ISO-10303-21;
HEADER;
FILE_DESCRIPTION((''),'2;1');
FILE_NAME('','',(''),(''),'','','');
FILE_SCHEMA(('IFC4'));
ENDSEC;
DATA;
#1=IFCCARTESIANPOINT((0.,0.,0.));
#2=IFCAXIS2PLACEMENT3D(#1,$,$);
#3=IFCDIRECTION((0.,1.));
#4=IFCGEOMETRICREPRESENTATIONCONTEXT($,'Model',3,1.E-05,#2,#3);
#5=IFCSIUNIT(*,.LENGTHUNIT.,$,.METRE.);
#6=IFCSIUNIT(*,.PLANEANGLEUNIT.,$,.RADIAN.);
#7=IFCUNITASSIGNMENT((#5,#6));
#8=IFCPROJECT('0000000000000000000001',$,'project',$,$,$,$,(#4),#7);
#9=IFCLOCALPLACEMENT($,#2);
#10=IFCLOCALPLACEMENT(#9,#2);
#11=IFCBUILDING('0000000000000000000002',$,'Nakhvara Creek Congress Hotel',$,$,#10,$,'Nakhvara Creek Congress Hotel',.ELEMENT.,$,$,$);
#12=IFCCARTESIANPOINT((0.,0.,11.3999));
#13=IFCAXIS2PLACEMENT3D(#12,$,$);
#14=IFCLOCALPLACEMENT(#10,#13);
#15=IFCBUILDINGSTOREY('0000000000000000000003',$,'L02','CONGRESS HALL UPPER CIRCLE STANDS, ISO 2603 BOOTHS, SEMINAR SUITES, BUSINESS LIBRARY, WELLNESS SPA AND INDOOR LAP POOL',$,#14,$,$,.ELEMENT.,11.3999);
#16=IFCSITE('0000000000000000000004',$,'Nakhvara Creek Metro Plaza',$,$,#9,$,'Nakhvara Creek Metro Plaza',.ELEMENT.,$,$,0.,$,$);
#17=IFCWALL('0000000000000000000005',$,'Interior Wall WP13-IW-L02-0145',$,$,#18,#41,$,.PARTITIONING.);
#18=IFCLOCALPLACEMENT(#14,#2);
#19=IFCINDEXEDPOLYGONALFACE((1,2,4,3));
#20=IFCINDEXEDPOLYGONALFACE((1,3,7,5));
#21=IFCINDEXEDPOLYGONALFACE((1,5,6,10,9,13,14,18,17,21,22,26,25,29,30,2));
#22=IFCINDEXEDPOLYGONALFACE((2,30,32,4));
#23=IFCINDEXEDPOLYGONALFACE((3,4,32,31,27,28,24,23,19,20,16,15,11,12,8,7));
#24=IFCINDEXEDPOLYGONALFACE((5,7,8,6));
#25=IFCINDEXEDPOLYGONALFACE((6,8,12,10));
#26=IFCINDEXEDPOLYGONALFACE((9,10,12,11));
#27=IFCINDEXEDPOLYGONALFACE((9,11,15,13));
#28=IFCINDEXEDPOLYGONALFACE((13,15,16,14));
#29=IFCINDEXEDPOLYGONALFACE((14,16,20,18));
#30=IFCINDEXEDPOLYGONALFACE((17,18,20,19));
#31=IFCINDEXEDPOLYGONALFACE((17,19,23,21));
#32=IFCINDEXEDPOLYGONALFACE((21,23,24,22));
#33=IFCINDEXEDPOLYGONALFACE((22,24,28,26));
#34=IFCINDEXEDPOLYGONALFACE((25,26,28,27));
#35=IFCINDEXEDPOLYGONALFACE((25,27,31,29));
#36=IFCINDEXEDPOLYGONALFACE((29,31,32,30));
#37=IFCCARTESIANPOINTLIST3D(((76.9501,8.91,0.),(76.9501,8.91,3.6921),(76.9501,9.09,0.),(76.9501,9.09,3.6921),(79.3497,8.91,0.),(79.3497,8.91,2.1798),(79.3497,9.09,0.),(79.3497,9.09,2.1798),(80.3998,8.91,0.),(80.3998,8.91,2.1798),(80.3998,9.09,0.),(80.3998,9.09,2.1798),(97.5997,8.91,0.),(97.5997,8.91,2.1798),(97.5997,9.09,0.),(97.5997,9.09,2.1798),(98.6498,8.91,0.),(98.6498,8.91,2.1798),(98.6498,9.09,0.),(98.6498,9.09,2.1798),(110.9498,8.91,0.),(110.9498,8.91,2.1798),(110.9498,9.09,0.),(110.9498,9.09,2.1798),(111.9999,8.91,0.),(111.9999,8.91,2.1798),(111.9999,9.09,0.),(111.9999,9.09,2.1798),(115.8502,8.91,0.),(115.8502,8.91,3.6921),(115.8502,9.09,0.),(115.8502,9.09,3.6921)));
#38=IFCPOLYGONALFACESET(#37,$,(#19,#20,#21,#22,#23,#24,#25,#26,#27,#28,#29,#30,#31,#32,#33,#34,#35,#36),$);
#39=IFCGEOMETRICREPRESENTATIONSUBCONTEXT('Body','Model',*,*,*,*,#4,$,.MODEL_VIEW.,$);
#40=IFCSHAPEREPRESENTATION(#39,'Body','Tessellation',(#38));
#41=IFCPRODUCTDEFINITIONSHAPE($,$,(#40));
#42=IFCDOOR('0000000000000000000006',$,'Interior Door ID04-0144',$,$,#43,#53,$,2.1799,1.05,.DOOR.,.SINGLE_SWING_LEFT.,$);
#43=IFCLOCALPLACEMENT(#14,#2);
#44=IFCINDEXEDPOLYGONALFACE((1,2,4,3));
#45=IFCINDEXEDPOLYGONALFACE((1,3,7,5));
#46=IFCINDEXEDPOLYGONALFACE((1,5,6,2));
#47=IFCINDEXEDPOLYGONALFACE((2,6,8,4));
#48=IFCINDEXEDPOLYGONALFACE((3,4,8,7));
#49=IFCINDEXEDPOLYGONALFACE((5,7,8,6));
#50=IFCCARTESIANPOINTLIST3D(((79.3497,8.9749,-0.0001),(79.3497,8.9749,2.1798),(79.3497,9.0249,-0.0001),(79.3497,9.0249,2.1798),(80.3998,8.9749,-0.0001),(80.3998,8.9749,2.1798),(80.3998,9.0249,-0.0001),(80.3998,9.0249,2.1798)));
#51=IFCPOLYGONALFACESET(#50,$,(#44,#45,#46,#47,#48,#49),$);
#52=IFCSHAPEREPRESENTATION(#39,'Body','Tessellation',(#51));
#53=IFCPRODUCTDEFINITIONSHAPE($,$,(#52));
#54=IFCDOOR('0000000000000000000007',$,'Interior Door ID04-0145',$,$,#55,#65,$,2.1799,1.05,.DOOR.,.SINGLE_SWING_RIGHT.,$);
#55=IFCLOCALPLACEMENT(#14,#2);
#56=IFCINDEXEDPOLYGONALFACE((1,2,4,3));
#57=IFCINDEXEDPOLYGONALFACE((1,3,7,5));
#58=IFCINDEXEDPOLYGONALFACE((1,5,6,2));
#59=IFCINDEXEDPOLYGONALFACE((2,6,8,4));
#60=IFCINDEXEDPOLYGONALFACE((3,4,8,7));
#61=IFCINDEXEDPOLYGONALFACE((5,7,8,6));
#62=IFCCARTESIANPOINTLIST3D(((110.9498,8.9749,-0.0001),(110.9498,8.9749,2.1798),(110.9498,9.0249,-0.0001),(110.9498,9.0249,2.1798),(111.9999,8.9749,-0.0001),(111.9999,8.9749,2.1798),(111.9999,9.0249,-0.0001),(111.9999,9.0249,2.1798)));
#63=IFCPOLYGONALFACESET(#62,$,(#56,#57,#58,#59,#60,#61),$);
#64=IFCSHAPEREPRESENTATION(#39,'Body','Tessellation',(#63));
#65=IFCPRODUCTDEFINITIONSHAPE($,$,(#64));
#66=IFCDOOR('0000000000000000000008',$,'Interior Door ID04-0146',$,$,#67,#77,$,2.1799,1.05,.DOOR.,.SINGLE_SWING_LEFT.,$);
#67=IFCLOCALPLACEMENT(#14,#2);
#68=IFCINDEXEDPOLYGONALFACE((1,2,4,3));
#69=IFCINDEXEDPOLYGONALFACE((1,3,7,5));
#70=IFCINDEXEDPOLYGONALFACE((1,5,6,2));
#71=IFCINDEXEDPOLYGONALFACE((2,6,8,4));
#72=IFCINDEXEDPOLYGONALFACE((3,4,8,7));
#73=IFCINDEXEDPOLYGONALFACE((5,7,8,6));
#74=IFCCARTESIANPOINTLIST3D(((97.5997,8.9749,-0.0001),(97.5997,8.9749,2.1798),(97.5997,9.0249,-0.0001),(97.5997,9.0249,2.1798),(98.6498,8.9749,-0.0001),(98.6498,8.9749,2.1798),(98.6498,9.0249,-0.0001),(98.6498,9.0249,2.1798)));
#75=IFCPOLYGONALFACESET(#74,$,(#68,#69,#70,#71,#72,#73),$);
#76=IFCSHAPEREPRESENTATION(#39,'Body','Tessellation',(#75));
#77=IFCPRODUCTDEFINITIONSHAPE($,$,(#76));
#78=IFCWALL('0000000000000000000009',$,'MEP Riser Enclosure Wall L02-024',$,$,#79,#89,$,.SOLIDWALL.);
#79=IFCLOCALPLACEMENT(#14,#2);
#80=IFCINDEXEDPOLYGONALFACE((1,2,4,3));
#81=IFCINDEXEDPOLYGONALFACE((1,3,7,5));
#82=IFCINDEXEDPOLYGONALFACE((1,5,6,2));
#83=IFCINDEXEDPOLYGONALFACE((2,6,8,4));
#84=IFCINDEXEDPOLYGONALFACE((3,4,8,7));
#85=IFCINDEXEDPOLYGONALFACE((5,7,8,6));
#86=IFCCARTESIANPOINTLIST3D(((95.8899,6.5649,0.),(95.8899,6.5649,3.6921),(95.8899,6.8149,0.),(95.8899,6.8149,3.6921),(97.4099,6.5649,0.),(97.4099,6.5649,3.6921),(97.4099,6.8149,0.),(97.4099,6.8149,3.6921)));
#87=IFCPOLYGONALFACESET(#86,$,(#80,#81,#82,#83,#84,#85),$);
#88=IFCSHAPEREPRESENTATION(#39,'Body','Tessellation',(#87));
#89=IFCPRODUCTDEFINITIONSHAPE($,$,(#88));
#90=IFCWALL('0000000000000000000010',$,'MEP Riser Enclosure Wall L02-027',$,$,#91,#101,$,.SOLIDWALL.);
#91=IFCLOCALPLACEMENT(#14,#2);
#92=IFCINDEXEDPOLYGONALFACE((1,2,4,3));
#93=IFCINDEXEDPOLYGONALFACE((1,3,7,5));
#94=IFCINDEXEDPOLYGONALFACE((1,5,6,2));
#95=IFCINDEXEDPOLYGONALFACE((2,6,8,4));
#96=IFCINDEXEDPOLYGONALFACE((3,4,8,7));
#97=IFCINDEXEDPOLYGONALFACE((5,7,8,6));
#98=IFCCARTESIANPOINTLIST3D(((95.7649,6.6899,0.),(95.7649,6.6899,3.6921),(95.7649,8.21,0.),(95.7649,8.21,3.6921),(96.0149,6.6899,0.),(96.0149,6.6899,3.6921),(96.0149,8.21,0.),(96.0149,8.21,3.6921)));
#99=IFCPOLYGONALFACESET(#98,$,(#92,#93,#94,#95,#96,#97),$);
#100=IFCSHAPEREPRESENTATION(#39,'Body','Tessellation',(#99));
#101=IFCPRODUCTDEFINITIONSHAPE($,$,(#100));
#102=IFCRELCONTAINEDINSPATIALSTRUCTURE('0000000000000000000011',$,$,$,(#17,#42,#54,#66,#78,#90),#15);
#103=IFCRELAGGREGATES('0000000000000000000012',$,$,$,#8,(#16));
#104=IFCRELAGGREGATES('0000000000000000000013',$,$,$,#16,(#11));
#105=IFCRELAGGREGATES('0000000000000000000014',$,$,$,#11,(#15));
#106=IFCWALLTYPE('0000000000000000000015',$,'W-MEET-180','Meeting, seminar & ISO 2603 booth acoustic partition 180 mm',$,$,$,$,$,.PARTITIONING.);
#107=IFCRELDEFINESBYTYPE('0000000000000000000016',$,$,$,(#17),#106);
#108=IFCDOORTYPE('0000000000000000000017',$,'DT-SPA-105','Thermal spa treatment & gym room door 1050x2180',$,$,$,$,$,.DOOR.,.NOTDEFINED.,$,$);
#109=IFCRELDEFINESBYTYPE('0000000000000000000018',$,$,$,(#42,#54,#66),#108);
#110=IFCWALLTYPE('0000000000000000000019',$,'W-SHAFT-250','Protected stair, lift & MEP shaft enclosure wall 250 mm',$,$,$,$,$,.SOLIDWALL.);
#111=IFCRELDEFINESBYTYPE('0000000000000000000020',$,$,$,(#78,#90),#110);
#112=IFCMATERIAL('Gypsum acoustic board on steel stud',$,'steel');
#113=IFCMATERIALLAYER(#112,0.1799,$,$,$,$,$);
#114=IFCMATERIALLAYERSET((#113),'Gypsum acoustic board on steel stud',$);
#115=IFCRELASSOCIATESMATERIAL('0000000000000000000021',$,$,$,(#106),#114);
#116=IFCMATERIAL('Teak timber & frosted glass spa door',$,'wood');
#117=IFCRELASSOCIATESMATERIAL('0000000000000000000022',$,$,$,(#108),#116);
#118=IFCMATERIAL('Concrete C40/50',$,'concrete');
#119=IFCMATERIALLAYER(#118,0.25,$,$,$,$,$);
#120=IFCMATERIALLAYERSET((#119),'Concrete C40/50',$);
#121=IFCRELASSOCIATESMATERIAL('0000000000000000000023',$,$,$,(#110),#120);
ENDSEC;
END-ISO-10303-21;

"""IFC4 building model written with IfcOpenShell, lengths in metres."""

from ifc_helpers import new_model, si_unit, direction, frame, frame_2d, origin, place, context, subcontext, project, spatial, rectangle, extrude, material, layer, layer_set, type_object, element, fill, save


model = new_model("IFC4")

# Units and contexts
model_context = context("Model", 3, precision=1e-05, world=origin(), true_north=direction((0.0, 1.0)))
body_context = subcontext(model_context, "Body", "Model", "MODEL_VIEW")
ifc_project = project(units=[si_unit("LENGTHUNIT", "METRE"), si_unit("PLANEANGLEUNIT", "RADIAN")], contexts=[model_context])

# Site, building, storey
site_placement = place(None, origin())
site = spatial("IfcSite", under=ifc_project, at=site_placement, Name="Nakhvara Creek Metro Plaza", LongName="Nakhvara Creek Metro Plaza", CompositionType="ELEMENT", RefElevation=0.0)
building_placement = place(site_placement, origin())
building = spatial("IfcBuilding", under=site, at=building_placement, Name="Nakhvara Creek Congress Hotel", LongName="Nakhvara Creek Congress Hotel", CompositionType="ELEMENT")
storey_placement = place(building_placement, frame((0.0, 0.0, 11.3999)))
storey = spatial("IfcBuildingStorey", under=building, at=storey_placement, Name="L02", Description="CONGRESS HALL UPPER CIRCLE STANDS, ISO 2603 BOOTHS, SEMINAR SUITES, BUSINESS LIBRARY, WELLNESS SPA AND INDOOR LAP POOL", CompositionType="ELEMENT", Elevation=11.3999)

# Shared definitions
ifc_material_1 = material(Name="Concrete C40/50", Category="concrete")

# Wall, openings, doors
ifc_material_2 = material(Name="Gypsum acoustic board on steel stud", Category="steel")
ifc_layer_1 = layer(ifc_material_2, 0.1799)
ifc_layer_set_1 = layer_set([ifc_layer_1], Name="Gypsum acoustic board on steel stud")
wall_type_1 = type_object("IfcWallType", Name="W-MEET-180", Description="Meeting, seminar & ISO 2603 booth acoustic partition 180 mm", PredefinedType="PARTITIONING", material=ifc_layer_set_1)
ifc_material_3 = material(Name="Teak timber & frosted glass spa door", Category="wood")
door_type = type_object("IfcDoorType", Name="DT-SPA-105", Description="Thermal spa treatment & gym room door 1050x2180", OperationType="NOTDEFINED", PredefinedType="DOOR", material=ifc_material_3)
wall_1_placement = place(storey_placement, frame((76.95, 9.0, 0.0), z_axis=(0.0, 0.0, 1.0), x_axis=(1.0, 0.0, 0.0)))
wall_1 = element("IfcWall", 1, at=wall_1_placement, inside=storey, type_object=wall_type_1, Name="Interior Wall WP13-IW-L02-0145", PredefinedType="PARTITIONING", context=body_context, shape_type="SweptSolid", body=[
    extrude(rectangle(XDim=38.9001, YDim=0.1799, at=frame_2d((19.4502, 0.0))), origin(), (0.0, 0.0, 1.0), 3.6921),
])
opening_1_placement = place(wall_1_placement, frame((2.3999, 0.0, 0.0)))
opening_1 = element("IfcOpeningElement", 2, at=opening_1_placement, cuts=wall_1, PredefinedType="OPENING", context=body_context, shape_type="SweptSolid", body=[
    extrude(rectangle(XDim=1.05, YDim=2.1799, at=frame_2d((0.5249, 1.0898))), frame((0.0, 0.1021, 0.0), z_axis=(0.0, -1.0, 0.0), x_axis=(1.0, 0.0, 0.0)), (0.0, 0.0, 1.0), 0.2039),
])
opening_2_placement = place(wall_1_placement, frame((34.0, 0.0, 0.0)))
opening_2 = element("IfcOpeningElement", 3, at=opening_2_placement, cuts=wall_1, PredefinedType="OPENING", context=body_context, shape_type="SweptSolid", body=[
    extrude(rectangle(XDim=1.05, YDim=2.1799, at=frame_2d((0.5249, 1.0898))), frame((0.0, 0.1021, 0.0), z_axis=(0.0, -1.0, 0.0), x_axis=(1.0, 0.0, 0.0)), (0.0, 0.0, 1.0), 0.2039),
])
opening_3_placement = place(wall_1_placement, frame((20.6499, 0.0, 0.0)))
opening_3 = element("IfcOpeningElement", 4, at=opening_3_placement, cuts=wall_1, PredefinedType="OPENING", context=body_context, shape_type="SweptSolid", body=[
    extrude(rectangle(XDim=1.05, YDim=2.1799, at=frame_2d((0.5249, 1.0898))), frame((0.0, 0.1021, 0.0), z_axis=(0.0, -1.0, 0.0), x_axis=(1.0, 0.0, 0.0)), (0.0, 0.0, 1.0), 0.2039),
])
door_1_placement = place(opening_1_placement, origin())
door_1 = element("IfcDoor", 5, at=door_1_placement, inside=storey, type_object=door_type, Name="Interior Door ID04-0144", OperationType="SINGLE_SWING_LEFT", OverallHeight=2.1799, OverallWidth=1.05, PredefinedType="DOOR", context=body_context, shape_type="SweptSolid", body=[
    extrude(rectangle(XDim=1.05, YDim=2.1799, at=frame_2d((0.5249, 1.0898))), frame((0.0, 0.0249, 0.0), z_axis=(0.0, -1.0, 0.0), x_axis=(1.0, 0.0, 0.0)), (0.0, 0.0, 1.0), 0.05),
])
fill(opening_1, door_1)
door_2_placement = place(opening_2_placement, origin())
door_2 = element("IfcDoor", 6, at=door_2_placement, inside=storey, type_object=door_type, Name="Interior Door ID04-0145", OperationType="SINGLE_SWING_RIGHT", OverallHeight=2.1799, OverallWidth=1.05, PredefinedType="DOOR", context=body_context, shape_type="SweptSolid", body=[
    extrude(rectangle(XDim=1.05, YDim=2.1799, at=frame_2d((0.5249, 1.0898))), frame((0.0, 0.0249, 0.0), z_axis=(0.0, -1.0, 0.0), x_axis=(1.0, 0.0, 0.0)), (0.0, 0.0, 1.0), 0.05),
])
fill(opening_2, door_2)
door_3_placement = place(opening_3_placement, origin())
door_3 = element("IfcDoor", 7, at=door_3_placement, inside=storey, type_object=door_type, Name="Interior Door ID04-0146", OperationType="SINGLE_SWING_LEFT", OverallHeight=2.1799, OverallWidth=1.05, PredefinedType="DOOR", context=body_context, shape_type="SweptSolid", body=[
    extrude(rectangle(XDim=1.05, YDim=2.1799, at=frame_2d((0.5249, 1.0898))), frame((0.0, 0.0249, 0.0), z_axis=(0.0, -1.0, 0.0), x_axis=(1.0, 0.0, 0.0)), (0.0, 0.0, 1.0), 0.05),
])
fill(opening_3, door_3)

# Walls
ifc_layer_2 = layer(ifc_material_1, 0.25)
ifc_layer_set_2 = layer_set([ifc_layer_2], Name="Concrete C40/50")
wall_type_2 = type_object("IfcWallType", Name="W-SHAFT-250", Description="Protected stair, lift & MEP shaft enclosure wall 250 mm", PredefinedType="SOLIDWALL", material=ifc_layer_set_2)
for number, where, z_axis, x_axis, name in (
    (8, (95.8899, 6.6899, 0.0), (0.0, 0.0, 1.0), (1.0, 0.0, 0.0), "MEP Riser Enclosure Wall L02-024"),
    (9, (95.8899, 8.21, 0.0), (0.0, 0.0, 1.0), (0.0, -1.0, 0.0), "MEP Riser Enclosure Wall L02-027"),
):
    element("IfcWall", number, at=place(storey_placement, frame(where, z_axis=z_axis, x_axis=x_axis)), inside=storey, type_object=wall_type_2, Name=name, PredefinedType="SOLIDWALL", context=body_context, shape_type="SweptSolid", body=[
        extrude(rectangle(XDim=1.52, YDim=0.25, at=frame_2d((0.76, 0.0))), origin(), (0.0, 0.0, 1.0), 3.6921),
    ])

save(model, "model.ifc")
